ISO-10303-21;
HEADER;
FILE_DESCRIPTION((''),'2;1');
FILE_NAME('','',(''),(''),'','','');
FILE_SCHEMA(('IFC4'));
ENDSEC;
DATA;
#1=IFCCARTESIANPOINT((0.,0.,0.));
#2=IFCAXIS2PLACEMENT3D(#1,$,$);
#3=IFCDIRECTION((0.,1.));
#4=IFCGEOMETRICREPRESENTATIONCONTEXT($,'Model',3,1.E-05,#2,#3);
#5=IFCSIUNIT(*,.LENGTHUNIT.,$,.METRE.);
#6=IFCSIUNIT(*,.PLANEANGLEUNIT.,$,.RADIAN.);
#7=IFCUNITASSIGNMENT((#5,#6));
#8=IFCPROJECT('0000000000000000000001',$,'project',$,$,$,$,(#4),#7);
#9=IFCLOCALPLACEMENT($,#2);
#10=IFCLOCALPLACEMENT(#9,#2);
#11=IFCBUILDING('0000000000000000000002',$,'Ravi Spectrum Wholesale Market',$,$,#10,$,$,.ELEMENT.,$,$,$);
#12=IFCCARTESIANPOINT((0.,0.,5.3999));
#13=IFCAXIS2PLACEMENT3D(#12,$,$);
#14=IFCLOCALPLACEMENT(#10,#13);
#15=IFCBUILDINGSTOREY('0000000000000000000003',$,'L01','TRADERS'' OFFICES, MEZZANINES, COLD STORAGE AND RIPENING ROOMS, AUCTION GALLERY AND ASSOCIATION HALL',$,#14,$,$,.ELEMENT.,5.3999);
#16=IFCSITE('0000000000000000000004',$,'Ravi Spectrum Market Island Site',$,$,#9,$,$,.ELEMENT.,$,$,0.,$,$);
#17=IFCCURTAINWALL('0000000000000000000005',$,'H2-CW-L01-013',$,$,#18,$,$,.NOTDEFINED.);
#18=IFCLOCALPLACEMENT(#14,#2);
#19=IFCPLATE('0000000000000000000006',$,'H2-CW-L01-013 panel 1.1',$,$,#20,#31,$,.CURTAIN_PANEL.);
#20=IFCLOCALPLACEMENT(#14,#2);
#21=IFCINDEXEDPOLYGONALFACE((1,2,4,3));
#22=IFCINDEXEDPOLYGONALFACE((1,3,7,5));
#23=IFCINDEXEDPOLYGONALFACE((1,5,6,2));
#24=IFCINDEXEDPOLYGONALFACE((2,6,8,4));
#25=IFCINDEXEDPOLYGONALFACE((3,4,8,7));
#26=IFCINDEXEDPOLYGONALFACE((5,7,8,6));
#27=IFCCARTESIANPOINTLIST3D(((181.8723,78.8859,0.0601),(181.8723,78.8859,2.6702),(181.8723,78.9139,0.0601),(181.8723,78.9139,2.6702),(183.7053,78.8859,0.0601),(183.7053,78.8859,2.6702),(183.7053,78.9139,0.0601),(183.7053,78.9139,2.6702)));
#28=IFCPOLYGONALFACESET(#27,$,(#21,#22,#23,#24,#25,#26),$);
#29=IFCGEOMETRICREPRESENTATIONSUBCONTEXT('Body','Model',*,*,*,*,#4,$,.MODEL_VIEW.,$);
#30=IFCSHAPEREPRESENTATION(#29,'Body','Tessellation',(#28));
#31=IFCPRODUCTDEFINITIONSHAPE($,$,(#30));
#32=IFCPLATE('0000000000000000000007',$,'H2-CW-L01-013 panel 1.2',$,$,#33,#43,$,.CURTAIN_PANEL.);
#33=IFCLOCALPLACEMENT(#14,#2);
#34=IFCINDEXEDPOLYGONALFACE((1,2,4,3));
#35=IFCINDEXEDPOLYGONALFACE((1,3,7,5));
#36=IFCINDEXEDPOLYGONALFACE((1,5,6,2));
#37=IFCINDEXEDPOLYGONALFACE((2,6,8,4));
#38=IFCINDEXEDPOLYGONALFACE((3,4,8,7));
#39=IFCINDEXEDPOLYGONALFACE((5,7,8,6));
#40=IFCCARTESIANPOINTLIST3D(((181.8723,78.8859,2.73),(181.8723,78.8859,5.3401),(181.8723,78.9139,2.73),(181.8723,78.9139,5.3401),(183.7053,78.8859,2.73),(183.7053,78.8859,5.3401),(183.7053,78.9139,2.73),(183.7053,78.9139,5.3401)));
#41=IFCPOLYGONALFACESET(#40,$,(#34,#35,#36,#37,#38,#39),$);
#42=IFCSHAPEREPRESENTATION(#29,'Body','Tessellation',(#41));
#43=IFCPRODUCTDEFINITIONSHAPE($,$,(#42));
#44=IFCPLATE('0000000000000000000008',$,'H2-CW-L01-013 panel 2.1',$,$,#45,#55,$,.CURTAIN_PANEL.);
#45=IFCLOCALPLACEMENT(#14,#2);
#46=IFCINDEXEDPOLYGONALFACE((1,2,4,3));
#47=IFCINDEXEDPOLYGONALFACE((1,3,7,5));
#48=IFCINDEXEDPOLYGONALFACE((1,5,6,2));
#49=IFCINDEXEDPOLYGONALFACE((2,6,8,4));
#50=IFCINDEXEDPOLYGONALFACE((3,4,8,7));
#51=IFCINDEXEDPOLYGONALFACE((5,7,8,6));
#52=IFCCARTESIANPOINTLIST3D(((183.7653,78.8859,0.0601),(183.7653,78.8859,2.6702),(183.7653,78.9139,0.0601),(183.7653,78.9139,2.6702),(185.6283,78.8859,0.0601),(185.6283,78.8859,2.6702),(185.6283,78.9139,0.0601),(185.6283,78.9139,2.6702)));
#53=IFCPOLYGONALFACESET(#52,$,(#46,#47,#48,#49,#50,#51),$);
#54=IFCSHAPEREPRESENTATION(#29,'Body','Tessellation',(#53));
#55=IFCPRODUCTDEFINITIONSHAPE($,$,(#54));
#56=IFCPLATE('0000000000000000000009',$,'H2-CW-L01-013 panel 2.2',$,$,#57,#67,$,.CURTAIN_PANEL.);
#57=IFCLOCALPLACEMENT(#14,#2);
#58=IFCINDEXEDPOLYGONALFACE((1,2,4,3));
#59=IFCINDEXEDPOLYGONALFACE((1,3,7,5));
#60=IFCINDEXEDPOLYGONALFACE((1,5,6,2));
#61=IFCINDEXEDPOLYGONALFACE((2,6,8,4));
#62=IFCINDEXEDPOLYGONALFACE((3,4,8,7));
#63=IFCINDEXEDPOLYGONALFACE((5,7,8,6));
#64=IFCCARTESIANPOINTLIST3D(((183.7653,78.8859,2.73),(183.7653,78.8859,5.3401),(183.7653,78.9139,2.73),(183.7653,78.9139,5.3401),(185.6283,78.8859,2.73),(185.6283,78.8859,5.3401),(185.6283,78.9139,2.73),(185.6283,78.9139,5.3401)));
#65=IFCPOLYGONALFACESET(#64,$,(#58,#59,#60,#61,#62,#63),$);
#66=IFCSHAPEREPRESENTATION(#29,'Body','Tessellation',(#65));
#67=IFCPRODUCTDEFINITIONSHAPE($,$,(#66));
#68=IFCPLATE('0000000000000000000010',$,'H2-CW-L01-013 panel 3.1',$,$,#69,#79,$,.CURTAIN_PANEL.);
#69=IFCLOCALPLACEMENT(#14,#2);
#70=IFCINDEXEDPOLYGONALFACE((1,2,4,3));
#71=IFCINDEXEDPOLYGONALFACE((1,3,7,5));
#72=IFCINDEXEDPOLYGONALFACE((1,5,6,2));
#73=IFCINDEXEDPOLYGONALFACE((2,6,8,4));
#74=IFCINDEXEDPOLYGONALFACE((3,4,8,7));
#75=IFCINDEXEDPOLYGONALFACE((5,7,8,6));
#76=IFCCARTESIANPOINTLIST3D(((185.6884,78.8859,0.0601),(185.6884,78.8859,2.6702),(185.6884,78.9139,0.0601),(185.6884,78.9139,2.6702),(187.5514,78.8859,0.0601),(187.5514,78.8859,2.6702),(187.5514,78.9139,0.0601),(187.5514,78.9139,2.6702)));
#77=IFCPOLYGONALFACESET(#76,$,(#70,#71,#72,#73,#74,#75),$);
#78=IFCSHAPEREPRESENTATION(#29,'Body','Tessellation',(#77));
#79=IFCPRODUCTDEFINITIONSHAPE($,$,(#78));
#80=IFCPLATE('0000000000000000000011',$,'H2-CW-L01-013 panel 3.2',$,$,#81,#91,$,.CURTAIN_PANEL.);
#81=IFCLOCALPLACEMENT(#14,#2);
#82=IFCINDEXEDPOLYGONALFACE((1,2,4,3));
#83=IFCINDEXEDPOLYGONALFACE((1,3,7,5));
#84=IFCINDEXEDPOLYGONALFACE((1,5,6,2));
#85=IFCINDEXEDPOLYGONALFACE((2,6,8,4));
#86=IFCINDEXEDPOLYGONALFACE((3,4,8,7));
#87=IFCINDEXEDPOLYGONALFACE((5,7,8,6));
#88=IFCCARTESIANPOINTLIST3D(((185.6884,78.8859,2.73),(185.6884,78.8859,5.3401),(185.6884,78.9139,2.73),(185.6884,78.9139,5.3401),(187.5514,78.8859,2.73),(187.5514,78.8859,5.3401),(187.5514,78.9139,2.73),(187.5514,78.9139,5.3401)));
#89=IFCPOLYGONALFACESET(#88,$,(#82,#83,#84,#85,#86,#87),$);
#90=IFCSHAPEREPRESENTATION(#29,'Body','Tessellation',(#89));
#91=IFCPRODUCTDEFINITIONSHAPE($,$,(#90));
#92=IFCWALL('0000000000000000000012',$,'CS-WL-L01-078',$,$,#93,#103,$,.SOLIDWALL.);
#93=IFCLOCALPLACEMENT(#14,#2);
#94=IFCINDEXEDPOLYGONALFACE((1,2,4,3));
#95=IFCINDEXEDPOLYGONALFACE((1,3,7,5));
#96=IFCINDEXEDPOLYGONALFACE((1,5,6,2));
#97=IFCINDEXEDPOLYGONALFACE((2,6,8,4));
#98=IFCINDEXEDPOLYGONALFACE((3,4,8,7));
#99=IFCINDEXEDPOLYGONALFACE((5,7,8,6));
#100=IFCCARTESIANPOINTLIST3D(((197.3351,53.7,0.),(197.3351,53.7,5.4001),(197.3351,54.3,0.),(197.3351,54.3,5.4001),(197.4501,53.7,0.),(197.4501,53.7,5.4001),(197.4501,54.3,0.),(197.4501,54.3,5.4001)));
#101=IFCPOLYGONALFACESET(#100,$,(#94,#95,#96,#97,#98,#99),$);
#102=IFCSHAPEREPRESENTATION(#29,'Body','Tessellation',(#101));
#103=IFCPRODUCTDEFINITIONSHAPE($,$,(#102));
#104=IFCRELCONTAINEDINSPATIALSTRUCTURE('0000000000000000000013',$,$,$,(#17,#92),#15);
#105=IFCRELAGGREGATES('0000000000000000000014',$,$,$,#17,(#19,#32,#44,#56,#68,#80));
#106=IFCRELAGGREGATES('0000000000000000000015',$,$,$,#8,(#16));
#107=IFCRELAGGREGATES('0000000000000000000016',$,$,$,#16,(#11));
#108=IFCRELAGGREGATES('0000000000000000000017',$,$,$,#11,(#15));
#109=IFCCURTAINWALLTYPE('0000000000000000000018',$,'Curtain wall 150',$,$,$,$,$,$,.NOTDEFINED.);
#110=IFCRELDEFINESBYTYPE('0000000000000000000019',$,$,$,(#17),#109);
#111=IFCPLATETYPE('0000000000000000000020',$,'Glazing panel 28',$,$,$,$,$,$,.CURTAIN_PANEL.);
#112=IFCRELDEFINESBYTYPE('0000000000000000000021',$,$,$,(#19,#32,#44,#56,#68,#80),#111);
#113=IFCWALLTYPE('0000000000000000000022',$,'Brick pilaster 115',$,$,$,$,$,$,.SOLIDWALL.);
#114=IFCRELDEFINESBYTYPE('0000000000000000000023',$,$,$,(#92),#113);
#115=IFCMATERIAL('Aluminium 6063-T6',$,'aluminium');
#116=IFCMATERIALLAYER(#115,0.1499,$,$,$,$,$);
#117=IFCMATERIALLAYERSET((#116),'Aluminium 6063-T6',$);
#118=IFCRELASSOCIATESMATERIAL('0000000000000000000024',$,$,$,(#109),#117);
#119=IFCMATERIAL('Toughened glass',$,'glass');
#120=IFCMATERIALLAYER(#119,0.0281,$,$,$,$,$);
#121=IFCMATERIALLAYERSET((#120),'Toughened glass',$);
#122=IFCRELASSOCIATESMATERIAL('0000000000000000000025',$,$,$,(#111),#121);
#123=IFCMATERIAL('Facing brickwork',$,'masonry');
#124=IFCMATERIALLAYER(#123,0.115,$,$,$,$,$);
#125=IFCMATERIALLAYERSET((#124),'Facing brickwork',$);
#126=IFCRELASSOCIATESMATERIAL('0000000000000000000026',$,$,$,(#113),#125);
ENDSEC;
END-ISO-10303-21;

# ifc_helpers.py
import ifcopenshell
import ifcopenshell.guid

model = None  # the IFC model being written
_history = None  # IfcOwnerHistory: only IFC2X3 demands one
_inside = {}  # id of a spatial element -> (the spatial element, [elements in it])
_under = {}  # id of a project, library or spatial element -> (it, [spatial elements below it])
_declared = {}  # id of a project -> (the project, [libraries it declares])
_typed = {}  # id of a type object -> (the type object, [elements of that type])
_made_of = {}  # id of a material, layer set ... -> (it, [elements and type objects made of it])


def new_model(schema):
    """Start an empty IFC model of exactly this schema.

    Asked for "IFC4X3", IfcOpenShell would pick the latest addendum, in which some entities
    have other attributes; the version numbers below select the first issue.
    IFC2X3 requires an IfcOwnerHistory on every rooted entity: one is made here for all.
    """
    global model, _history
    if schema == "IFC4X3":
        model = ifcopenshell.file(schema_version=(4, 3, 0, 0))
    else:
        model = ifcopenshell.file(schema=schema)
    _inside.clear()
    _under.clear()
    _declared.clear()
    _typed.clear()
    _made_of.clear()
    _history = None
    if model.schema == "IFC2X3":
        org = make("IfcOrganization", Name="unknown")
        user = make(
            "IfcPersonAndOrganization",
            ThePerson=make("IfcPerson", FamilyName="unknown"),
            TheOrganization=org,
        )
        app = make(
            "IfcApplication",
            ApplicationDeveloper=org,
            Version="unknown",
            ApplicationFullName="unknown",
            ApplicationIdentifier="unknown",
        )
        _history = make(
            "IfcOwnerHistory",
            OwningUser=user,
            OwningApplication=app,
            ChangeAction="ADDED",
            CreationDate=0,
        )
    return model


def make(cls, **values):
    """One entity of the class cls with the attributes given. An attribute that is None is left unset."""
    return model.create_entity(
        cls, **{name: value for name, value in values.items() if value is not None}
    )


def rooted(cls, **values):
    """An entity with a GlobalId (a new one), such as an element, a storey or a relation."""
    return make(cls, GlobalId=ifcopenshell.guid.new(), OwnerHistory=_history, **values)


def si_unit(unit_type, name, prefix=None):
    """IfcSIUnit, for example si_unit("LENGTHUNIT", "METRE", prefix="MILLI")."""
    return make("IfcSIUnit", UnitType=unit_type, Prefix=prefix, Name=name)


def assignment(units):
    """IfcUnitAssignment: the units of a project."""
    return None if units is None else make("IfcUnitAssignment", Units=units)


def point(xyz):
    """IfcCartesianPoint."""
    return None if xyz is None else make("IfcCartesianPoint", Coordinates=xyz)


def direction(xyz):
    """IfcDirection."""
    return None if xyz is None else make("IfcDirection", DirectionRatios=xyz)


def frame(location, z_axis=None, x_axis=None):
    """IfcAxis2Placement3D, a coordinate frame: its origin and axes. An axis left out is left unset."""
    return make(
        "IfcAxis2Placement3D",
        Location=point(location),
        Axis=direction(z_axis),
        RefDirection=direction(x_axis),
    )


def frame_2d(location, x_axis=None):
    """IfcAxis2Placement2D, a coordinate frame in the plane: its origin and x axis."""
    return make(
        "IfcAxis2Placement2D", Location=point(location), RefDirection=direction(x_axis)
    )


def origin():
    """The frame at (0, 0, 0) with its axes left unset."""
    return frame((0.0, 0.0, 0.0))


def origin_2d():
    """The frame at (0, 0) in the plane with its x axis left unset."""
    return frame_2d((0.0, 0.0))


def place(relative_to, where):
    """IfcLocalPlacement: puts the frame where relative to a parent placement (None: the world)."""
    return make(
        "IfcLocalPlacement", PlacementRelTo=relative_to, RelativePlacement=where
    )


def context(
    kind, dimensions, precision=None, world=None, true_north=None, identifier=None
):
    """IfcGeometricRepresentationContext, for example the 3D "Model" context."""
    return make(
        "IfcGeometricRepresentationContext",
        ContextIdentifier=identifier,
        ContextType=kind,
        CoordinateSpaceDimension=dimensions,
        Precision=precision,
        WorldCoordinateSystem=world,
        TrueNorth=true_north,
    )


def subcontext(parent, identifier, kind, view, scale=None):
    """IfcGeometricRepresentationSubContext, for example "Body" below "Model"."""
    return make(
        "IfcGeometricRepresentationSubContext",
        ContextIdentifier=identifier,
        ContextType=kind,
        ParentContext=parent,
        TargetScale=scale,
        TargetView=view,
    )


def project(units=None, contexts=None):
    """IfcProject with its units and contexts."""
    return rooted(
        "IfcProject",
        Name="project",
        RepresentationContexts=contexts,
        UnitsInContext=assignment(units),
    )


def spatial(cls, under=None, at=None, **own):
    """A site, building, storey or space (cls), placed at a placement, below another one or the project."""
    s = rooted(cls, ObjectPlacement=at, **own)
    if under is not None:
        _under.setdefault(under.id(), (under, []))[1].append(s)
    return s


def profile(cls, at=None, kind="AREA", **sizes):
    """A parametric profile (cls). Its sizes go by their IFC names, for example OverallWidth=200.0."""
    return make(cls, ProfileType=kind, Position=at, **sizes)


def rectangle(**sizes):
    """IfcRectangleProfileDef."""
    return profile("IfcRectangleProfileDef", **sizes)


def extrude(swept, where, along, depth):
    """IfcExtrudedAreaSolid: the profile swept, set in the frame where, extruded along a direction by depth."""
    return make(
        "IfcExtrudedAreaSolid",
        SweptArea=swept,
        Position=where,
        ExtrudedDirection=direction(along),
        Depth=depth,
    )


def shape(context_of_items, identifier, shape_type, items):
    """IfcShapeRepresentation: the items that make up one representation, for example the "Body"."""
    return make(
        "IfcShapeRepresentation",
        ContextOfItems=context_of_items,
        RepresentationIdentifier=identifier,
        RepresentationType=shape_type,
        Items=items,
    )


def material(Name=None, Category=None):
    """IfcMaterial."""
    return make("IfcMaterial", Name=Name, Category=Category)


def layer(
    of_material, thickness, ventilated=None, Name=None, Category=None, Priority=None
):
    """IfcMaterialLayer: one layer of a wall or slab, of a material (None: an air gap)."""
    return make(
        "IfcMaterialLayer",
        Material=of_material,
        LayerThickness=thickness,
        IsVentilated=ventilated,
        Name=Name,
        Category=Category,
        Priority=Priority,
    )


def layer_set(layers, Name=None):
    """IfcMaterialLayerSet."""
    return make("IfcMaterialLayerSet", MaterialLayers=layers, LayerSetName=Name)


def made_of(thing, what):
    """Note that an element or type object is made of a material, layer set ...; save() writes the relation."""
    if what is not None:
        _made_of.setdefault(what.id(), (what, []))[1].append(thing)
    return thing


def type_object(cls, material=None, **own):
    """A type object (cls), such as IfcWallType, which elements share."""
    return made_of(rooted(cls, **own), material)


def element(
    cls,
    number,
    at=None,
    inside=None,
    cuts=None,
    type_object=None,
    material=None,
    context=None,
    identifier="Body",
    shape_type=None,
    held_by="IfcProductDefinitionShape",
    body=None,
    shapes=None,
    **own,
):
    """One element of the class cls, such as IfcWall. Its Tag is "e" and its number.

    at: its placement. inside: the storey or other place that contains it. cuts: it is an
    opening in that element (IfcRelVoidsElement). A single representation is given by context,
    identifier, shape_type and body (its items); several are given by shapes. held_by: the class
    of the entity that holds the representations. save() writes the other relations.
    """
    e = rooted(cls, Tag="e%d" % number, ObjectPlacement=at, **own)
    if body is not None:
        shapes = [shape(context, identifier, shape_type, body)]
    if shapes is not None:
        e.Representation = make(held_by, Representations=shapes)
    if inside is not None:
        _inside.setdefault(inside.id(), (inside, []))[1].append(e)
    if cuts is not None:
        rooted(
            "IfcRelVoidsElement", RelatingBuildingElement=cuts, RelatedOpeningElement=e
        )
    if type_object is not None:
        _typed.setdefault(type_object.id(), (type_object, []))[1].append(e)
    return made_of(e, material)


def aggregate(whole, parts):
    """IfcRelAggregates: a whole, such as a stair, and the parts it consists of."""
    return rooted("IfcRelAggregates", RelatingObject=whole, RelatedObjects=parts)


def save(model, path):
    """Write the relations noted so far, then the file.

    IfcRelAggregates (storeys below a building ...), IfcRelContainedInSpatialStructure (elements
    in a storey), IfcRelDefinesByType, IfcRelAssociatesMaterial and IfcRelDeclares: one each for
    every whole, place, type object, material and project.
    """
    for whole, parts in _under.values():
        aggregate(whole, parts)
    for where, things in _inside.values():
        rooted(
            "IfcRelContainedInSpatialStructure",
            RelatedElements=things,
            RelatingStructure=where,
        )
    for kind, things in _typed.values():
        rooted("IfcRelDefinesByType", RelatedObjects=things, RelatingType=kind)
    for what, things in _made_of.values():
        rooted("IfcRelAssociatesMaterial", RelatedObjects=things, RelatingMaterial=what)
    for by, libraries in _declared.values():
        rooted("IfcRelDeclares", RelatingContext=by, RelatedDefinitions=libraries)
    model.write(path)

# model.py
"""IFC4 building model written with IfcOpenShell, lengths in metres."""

from ifc_helpers import new_model, si_unit, direction, frame, frame_2d, origin, origin_2d, place, context, subcontext, project, spatial, rectangle, extrude, material, layer, layer_set, type_object, element, aggregate, save


model = new_model("IFC4")

# Units and contexts
model_context = context("Model", 3, precision=1e-05, world=origin(), true_north=direction((0.0, 1.0)))
body_context = subcontext(model_context, "Body", "Model", "MODEL_VIEW")
ifc_project = project(units=[si_unit("LENGTHUNIT", "METRE"), si_unit("PLANEANGLEUNIT", "RADIAN")], contexts=[model_context])

# Site, building, storey
site_placement = place(None, origin())
site = spatial("IfcSite", under=ifc_project, at=site_placement, Name="Ravi Spectrum Market Island Site", CompositionType="ELEMENT", RefElevation=0.0)
building_placement = place(site_placement, origin())
building = spatial("IfcBuilding", under=site, at=building_placement, Name="Ravi Spectrum Wholesale Market", CompositionType="ELEMENT")
storey_placement = place(building_placement, frame((0.0, 0.0, 5.3999)))
storey = spatial("IfcBuildingStorey", under=building, at=storey_placement, Name="L01", Description="TRADERS' OFFICES, MEZZANINES, COLD STORAGE AND RIPENING ROOMS, AUCTION GALLERY AND ASSOCIATION HALL", CompositionType="ELEMENT", Elevation=5.3999)

# Shared definitions
ifc_material_1 = material(Name="Aluminium 6063-T6", Category="aluminium")
ifc_layer_1 = layer(ifc_material_1, 0.1499)
ifc_layer_set_1 = layer_set([ifc_layer_1], Name="Aluminium 6063-T6")
curtain_wall_type = type_object("IfcCurtainWallType", Name="Curtain wall 150", PredefinedType="NOTDEFINED", material=ifc_layer_set_1)

# Curtain wall
curtain_wall_1_placement = place(storey_placement, origin())
curtain_wall_1 = element("IfcCurtainWall", 1, at=curtain_wall_1_placement, inside=storey, type_object=curtain_wall_type, Name="H2-CW-L01-013", PredefinedType="NOTDEFINED")

# Plates
ifc_material_2 = material(Name="Toughened glass", Category="glass")
ifc_layer_2 = layer(ifc_material_2, 0.0281)
ifc_layer_set_2 = layer_set([ifc_layer_2], Name="Toughened glass")
plate_type = type_object("IfcPlateType", Name="Glazing panel 28", PredefinedType="CURTAIN_PANEL", material=ifc_layer_set_2)
plate_1_placement = place(storey_placement, frame((182.7888, 78.8999, 0.0601), z_axis=(0.0, 0.0, 1.0), x_axis=(1.0, 0.0, 0.0)))
plate_1 = element("IfcPlate", 2, at=plate_1_placement, type_object=plate_type, Name="H2-CW-L01-013 panel 1.1", PredefinedType="CURTAIN_PANEL", context=body_context, shape_type="SweptSolid", body=[
    extrude(rectangle(XDim=1.833, YDim=0.0281, at=origin_2d()), origin(), (0.0, 0.0, 1.0), 2.6101),
])
plate_2_placement = place(storey_placement, frame((182.7888, 78.8999, 2.73), z_axis=(0.0, 0.0, 1.0), x_axis=(1.0, 0.0, 0.0)))
plate_2 = element("IfcPlate", 3, at=plate_2_placement, type_object=plate_type, Name="H2-CW-L01-013 panel 1.2", PredefinedType="CURTAIN_PANEL", context=body_context, shape_type="SweptSolid", body=[
    extrude(rectangle(XDim=1.833, YDim=0.0281, at=origin_2d()), origin(), (0.0, 0.0, 1.0), 2.6101),
])
plate_3_placement = place(storey_placement, frame((184.6968, 78.8999, 0.0601), z_axis=(0.0, 0.0, 1.0), x_axis=(1.0, 0.0, 0.0)))
plate_3 = element("IfcPlate", 4, at=plate_3_placement, type_object=plate_type, Name="H2-CW-L01-013 panel 2.1", PredefinedType="CURTAIN_PANEL", context=body_context, shape_type="SweptSolid", body=[
    extrude(rectangle(XDim=1.863, YDim=0.0281, at=origin_2d()), origin(), (0.0, 0.0, 1.0), 2.6101),
])
plate_4_placement = place(storey_placement, frame((184.6968, 78.8999, 2.73), z_axis=(0.0, 0.0, 1.0), x_axis=(1.0, 0.0, 0.0)))
plate_4 = element("IfcPlate", 5, at=plate_4_placement, type_object=plate_type, Name="H2-CW-L01-013 panel 2.2", PredefinedType="CURTAIN_PANEL", context=body_context, shape_type="SweptSolid", body=[
    extrude(rectangle(XDim=1.863, YDim=0.0281, at=origin_2d()), origin(), (0.0, 0.0, 1.0), 2.6101),
])
plate_5_placement = place(storey_placement, frame((186.6199, 78.8999, 0.0601), z_axis=(0.0, 0.0, 1.0), x_axis=(1.0, 0.0, 0.0)))
plate_5 = element("IfcPlate", 6, at=plate_5_placement, type_object=plate_type, Name="H2-CW-L01-013 panel 3.1", PredefinedType="CURTAIN_PANEL", context=body_context, shape_type="SweptSolid", body=[
    extrude(rectangle(XDim=1.863, YDim=0.0281, at=origin_2d()), origin(), (0.0, 0.0, 1.0), 2.6101),
])
plate_6_placement = place(storey_placement, frame((186.6199, 78.8999, 2.73), z_axis=(0.0, 0.0, 1.0), x_axis=(1.0, 0.0, 0.0)))
plate_6 = element("IfcPlate", 7, at=plate_6_placement, type_object=plate_type, Name="H2-CW-L01-013 panel 3.2", PredefinedType="CURTAIN_PANEL", context=body_context, shape_type="SweptSolid", body=[
    extrude(rectangle(XDim=1.863, YDim=0.0281, at=origin_2d()), origin(), (0.0, 0.0, 1.0), 2.6101),
])
aggregate(curtain_wall_1, [plate_1, plate_2, plate_3, plate_4, plate_5, plate_6])

# Wall
ifc_material_3 = material(Name="Facing brickwork", Category="masonry")
ifc_layer_3 = layer(ifc_material_3, 0.115)
ifc_layer_set_3 = layer_set([ifc_layer_3], Name="Facing brickwork")
wall_type = type_object("IfcWallType", Name="Brick pilaster 115", PredefinedType="SOLIDWALL", material=ifc_layer_set_3)
wall_placement = place(storey_placement, frame((197.3926, 54.3, 0.0), z_axis=(0.0, 0.0, 1.0), x_axis=(0.0, -1.0, 0.0)))
element("IfcWall", 8, at=wall_placement, inside=storey, type_object=wall_type, Name="CS-WL-L01-078", PredefinedType="SOLIDWALL", context=body_context, shape_type="SweptSolid", body=[
    extrude(rectangle(XDim=0.6001, YDim=0.115, at=frame_2d((0.3, 0.0))), origin(), (0.0, 0.0, 1.0), 5.4001),
])

save(model, "model.ifc")
